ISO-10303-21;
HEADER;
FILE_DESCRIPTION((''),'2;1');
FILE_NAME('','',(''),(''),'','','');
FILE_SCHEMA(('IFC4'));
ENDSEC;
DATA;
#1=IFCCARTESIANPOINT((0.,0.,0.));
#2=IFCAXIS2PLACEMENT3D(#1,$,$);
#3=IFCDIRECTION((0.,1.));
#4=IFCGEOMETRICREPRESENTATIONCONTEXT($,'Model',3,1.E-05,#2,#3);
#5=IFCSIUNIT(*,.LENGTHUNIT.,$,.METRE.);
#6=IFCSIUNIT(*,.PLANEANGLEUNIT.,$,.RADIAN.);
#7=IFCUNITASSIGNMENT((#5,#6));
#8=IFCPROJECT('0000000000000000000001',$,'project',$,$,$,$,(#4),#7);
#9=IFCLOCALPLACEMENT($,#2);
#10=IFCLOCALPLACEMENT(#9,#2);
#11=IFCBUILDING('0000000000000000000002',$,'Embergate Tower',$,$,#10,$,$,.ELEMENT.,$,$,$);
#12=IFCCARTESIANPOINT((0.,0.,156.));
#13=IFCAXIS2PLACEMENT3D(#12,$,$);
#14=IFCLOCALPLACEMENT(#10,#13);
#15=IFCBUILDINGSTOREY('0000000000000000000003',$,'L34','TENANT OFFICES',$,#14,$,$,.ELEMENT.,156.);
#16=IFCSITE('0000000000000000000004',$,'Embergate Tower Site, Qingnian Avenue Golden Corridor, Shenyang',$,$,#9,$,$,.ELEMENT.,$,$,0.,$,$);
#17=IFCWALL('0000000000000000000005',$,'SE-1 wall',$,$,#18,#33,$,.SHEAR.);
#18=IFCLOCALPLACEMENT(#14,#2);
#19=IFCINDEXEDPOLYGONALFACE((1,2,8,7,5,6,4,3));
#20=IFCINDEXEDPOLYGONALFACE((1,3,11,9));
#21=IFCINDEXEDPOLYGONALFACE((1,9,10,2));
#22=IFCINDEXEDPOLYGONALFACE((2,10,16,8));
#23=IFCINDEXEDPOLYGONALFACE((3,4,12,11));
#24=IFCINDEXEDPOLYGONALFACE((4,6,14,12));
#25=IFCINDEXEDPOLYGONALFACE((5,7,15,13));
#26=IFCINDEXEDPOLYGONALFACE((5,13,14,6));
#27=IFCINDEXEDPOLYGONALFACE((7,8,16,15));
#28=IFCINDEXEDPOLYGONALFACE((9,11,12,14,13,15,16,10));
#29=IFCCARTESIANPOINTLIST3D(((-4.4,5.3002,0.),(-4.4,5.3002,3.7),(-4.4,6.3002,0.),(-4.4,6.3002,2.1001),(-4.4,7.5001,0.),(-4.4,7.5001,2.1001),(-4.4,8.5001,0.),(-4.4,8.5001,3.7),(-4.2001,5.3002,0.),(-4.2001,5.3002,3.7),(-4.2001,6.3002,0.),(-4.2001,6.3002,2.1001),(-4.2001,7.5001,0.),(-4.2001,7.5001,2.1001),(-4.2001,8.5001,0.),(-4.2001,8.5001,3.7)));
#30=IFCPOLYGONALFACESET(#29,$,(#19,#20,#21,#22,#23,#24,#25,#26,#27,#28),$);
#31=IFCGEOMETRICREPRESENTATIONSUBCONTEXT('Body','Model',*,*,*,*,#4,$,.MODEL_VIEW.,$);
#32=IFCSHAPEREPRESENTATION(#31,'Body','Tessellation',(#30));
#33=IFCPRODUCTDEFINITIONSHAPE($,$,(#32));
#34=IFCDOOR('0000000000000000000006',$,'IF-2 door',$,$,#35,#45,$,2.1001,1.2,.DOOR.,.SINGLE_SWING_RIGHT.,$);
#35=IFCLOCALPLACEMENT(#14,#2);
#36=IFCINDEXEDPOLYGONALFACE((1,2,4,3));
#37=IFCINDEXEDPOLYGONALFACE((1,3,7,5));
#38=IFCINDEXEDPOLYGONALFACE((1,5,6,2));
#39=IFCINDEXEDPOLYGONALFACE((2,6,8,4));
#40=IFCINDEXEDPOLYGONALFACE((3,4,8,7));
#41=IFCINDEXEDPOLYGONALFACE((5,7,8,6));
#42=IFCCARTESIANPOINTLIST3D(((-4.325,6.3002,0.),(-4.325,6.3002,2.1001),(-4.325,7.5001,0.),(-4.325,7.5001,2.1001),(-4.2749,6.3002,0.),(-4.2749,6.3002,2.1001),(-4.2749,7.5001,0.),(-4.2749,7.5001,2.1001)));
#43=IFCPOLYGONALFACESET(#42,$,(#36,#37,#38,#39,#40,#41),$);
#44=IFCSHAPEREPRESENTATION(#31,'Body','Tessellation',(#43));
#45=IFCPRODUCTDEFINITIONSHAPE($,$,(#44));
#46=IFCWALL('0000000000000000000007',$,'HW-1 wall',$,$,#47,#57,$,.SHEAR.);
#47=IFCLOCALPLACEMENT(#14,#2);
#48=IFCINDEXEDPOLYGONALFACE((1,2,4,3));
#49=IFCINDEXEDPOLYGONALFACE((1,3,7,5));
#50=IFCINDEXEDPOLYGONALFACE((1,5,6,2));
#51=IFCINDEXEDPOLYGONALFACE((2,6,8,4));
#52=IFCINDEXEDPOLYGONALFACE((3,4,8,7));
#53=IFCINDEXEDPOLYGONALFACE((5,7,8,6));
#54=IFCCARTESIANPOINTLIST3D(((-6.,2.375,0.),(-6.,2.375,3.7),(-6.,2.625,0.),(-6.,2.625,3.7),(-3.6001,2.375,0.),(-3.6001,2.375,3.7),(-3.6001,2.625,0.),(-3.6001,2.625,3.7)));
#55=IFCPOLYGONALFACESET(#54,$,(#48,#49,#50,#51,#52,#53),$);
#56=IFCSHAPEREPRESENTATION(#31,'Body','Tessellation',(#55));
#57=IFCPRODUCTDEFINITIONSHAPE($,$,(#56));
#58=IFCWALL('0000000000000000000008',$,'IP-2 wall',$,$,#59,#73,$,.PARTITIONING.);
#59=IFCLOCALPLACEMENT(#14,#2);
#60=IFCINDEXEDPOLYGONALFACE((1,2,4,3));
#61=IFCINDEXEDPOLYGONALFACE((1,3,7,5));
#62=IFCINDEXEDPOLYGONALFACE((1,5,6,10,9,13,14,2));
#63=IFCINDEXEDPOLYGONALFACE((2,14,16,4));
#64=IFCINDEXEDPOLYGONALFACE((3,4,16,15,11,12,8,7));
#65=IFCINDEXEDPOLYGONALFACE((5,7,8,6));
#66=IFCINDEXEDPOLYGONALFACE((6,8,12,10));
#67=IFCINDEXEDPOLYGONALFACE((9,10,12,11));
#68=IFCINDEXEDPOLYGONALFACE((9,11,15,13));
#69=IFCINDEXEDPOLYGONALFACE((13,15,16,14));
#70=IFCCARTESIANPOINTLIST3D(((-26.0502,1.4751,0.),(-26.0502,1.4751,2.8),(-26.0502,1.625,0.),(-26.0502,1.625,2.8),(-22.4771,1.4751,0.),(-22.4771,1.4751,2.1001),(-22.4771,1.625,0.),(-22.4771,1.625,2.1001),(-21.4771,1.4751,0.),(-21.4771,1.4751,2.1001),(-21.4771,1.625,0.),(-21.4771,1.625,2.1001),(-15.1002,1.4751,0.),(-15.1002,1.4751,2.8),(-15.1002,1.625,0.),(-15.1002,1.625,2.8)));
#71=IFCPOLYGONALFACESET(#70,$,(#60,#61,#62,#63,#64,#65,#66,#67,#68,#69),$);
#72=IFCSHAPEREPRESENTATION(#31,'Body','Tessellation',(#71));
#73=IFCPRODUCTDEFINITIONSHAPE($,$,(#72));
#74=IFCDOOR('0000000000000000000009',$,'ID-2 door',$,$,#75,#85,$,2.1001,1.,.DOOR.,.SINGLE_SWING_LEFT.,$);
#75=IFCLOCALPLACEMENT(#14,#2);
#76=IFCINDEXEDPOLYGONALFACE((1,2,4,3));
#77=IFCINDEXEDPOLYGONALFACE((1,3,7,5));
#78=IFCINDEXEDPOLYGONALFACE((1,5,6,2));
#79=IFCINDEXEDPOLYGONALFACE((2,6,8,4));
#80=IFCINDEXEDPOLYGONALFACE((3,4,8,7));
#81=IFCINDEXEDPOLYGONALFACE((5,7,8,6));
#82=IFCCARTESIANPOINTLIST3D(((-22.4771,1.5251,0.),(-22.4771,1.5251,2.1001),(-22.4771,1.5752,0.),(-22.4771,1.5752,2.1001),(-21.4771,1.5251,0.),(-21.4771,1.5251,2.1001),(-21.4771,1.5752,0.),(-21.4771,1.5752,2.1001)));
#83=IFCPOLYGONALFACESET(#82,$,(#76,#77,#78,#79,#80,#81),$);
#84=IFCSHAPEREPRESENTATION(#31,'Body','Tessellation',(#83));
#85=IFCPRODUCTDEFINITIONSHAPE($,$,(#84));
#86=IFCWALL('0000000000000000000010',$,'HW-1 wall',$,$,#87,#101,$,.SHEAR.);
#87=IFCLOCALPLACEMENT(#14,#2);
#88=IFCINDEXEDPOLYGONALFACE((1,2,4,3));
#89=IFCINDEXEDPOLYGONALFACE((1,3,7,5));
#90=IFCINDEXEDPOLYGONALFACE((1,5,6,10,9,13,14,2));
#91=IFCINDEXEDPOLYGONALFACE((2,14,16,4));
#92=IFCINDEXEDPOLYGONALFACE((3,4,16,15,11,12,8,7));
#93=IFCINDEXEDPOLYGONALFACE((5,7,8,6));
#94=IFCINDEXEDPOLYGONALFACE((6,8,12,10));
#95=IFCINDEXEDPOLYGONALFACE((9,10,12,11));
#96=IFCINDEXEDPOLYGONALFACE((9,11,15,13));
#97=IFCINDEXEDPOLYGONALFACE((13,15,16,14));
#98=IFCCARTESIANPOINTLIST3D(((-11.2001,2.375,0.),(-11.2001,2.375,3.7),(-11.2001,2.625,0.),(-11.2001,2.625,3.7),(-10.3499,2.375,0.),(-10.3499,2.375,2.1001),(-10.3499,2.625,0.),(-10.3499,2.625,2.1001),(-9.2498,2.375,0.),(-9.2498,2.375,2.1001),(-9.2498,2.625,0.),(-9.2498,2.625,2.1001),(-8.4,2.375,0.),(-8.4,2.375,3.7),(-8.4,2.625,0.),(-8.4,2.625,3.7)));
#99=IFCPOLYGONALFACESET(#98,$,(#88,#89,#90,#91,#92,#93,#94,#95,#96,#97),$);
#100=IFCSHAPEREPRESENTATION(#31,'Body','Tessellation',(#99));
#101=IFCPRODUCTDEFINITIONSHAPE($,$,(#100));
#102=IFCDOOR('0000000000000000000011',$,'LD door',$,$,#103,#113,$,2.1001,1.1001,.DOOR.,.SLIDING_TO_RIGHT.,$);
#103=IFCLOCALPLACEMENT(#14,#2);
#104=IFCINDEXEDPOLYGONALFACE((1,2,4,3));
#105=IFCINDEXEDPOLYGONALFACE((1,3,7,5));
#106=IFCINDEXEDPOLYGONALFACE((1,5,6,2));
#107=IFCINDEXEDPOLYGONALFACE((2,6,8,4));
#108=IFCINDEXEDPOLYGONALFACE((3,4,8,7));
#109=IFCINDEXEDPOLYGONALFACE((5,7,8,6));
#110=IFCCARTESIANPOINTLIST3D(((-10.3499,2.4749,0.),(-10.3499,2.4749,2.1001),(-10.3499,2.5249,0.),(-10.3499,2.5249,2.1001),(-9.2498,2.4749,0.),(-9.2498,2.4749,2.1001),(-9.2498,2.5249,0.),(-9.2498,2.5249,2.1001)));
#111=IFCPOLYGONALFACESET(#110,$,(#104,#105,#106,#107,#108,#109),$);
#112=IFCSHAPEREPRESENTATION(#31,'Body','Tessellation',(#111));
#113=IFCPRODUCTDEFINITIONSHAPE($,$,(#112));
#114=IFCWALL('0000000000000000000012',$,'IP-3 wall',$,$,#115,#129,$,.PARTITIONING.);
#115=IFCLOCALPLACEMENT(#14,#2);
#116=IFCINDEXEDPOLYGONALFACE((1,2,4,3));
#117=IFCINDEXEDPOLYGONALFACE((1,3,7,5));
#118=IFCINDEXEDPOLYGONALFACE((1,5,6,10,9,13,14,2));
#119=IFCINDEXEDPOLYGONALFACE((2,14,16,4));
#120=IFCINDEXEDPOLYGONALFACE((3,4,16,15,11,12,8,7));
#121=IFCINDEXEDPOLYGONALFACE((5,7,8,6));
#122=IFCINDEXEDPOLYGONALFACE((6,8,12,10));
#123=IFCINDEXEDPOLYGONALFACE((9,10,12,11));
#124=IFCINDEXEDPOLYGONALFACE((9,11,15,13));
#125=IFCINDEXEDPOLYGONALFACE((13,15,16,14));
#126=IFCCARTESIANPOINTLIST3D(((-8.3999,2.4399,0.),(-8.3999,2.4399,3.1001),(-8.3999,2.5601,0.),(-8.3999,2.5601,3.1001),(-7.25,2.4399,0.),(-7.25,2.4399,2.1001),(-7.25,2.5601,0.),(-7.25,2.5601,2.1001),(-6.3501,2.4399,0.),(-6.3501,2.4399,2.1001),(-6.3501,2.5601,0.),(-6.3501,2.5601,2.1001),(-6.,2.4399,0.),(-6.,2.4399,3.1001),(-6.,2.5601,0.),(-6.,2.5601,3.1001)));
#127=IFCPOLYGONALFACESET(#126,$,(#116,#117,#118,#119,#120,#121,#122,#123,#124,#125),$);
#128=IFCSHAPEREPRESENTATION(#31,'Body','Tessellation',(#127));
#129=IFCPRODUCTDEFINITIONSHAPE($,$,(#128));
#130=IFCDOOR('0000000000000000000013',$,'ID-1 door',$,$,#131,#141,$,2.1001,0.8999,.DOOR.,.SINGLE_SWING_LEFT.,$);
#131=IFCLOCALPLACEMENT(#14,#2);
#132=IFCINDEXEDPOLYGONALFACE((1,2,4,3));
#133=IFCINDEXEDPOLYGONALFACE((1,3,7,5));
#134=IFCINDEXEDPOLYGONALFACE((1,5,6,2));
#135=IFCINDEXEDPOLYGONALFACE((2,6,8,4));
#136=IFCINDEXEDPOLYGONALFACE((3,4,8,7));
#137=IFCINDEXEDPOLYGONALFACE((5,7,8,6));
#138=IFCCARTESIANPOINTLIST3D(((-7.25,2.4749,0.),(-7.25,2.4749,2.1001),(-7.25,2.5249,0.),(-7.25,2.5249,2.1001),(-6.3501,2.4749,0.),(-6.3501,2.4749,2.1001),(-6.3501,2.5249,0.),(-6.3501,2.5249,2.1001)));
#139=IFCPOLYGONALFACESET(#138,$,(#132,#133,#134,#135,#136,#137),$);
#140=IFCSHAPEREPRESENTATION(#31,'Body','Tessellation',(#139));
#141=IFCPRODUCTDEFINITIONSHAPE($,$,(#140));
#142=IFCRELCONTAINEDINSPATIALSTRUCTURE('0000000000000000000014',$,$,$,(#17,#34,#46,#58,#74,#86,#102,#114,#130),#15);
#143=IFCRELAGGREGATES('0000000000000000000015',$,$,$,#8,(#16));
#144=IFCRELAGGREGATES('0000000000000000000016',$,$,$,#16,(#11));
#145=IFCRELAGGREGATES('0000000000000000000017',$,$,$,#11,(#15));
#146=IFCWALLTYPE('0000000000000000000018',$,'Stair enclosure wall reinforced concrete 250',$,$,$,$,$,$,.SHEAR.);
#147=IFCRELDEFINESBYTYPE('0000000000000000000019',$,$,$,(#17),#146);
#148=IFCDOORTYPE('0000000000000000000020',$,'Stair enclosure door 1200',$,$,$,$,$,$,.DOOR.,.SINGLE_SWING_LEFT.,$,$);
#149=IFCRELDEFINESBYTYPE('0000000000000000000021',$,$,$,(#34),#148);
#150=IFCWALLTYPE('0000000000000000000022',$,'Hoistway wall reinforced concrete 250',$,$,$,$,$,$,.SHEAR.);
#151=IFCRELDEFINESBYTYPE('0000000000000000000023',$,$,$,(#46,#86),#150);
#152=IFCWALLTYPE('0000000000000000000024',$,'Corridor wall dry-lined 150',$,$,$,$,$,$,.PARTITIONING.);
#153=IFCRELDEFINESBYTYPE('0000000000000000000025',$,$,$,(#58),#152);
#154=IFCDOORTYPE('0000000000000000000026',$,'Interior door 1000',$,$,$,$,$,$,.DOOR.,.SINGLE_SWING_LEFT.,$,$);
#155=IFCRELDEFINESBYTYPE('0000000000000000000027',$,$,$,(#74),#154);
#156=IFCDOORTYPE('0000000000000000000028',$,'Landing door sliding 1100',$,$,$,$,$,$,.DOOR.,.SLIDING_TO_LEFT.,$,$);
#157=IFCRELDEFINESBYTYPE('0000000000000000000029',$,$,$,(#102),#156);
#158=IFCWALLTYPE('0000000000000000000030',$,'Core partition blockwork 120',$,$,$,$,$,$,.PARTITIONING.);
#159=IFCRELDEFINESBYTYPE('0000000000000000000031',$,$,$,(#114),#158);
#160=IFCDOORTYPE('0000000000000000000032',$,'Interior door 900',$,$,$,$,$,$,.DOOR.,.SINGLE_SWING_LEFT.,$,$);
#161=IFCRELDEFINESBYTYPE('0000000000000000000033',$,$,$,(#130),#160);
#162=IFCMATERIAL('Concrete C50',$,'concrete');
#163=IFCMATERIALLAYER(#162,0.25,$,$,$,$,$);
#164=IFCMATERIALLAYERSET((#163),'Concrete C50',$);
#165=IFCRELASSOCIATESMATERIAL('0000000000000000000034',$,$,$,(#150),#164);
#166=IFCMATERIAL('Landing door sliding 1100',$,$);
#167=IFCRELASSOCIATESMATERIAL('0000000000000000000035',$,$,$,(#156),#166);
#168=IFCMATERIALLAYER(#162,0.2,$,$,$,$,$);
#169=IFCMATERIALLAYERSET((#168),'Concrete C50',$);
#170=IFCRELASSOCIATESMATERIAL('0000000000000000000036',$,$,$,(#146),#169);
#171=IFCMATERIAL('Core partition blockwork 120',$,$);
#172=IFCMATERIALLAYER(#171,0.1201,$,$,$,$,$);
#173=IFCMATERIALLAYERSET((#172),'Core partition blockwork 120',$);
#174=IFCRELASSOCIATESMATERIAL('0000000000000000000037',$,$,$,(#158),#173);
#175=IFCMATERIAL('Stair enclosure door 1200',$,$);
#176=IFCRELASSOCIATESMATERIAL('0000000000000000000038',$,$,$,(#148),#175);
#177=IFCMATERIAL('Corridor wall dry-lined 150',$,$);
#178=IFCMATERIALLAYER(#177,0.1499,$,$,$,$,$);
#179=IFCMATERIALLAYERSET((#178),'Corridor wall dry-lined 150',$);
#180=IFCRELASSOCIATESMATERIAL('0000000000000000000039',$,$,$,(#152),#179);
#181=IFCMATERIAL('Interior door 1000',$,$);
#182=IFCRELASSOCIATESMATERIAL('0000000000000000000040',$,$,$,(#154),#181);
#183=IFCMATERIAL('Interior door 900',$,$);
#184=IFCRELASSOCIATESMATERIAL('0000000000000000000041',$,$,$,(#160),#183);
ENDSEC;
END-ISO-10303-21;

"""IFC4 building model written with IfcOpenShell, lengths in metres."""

from ifc_helpers import new_model, si_unit, direction, frame, frame_2d, origin, place, context, subcontext, project, spatial, rectangle, extrude, source, transform, mapped, material, layer, layer_set, type_object, element, fill, save


model = new_model("IFC4")

# Units and contexts
model_context = context("Model", 3, precision=1e-05, world=origin(), true_north=direction((0.0, 1.0)))
body_context = subcontext(model_context, "Body", "Model", "MODEL_VIEW")
ifc_project = project(units=[si_unit("LENGTHUNIT", "METRE"), si_unit("PLANEANGLEUNIT", "RADIAN")], contexts=[model_context])

# Site, building, storey
site_placement = place(None, origin())
site = spatial("IfcSite", under=ifc_project, at=site_placement, Name="Embergate Tower Site, Qingnian Avenue Golden Corridor, Shenyang", CompositionType="ELEMENT", RefElevation=0.0)
building_placement = place(site_placement, origin())
building = spatial("IfcBuilding", under=site, at=building_placement, Name="Embergate Tower", CompositionType="ELEMENT")
storey_placement = place(building_placement, frame((0.0, 0.0, 156.0)))
storey = spatial("IfcBuildingStorey", under=building, at=storey_placement, Name="L34", Description="TENANT OFFICES", CompositionType="ELEMENT", Elevation=156.0)

# Shared definitions
ifc_material_1 = material(Name="Concrete C50", Category="concrete")
ifc_layer_1 = layer(ifc_material_1, 0.25)
ifc_layer_set_1 = layer_set([ifc_layer_1], Name="Concrete C50")
wall_type_1 = type_object("IfcWallType", Name="Hoistway wall reinforced concrete 250", PredefinedType="SHEAR", material=ifc_layer_set_1)

# Shared definitions
shared_shape_1 = source(origin(), body_context, "Body", "SweptSolid", [
    extrude(rectangle(XDim=1.1001, YDim=2.1001, at=frame_2d((0.55, 1.05))), frame((0.0, 0.135, 0.0), z_axis=(0.0, -1.0, 0.0), x_axis=(1.0, 0.0, 0.0)), (0.0, 0.0, 1.0), 0.27),
])
ifc_material_2 = material(Name="Landing door sliding 1100")
door_type_1 = type_object("IfcDoorType", Name="Landing door sliding 1100", OperationType="SLIDING_TO_LEFT", PredefinedType="DOOR", material=ifc_material_2)
shared_shape_2 = source(origin(), body_context, "Body", "SweptSolid", [
    extrude(rectangle(XDim=1.1001, YDim=2.1001, at=frame_2d((0.55, 1.05))), frame((0.0, 0.0249, 0.0), z_axis=(0.0, -1.0, 0.0), x_axis=(1.0, 0.0, 0.0)), (0.0, 0.0, 1.0), 0.05),
])

# Shared definitions
ifc_layer_2 = layer(ifc_material_1, 0.2)
ifc_layer_set_2 = layer_set([ifc_layer_2], Name="Concrete C50")
wall_type_2 = type_object("IfcWallType", Name="Stair enclosure wall reinforced concrete 250", PredefinedType="SHEAR", material=ifc_layer_set_2)

# Wall, opening, door
ifc_material_3 = material(Name="Core partition blockwork 120")
ifc_layer_3 = layer(ifc_material_3, 0.1201)
ifc_layer_set_3 = layer_set([ifc_layer_3], Name="Core partition blockwork 120")
wall_type_3 = type_object("IfcWallType", Name="Core partition blockwork 120", PredefinedType="PARTITIONING", material=ifc_layer_set_3)
shared_shape_3 = source(origin(), body_context, "Body", "SweptSolid", [
    extrude(rectangle(XDim=3.2, YDim=0.2, at=frame_2d((1.6001, 0.0))), origin(), (0.0, 0.0, 1.0), 3.7),
])
wall_1_placement = place(storey_placement, frame((-4.3, 5.3, 0.0), z_axis=(0.0, 0.0, 1.0), x_axis=(0.0, 1.0, 0.0)))
wall_1 = element("IfcWall", 1, at=wall_1_placement, inside=storey, type_object=wall_type_2, Name="SE-1 wall", PredefinedType="SHEAR", context=body_context, shape_type="MappedRepresentation", body=[
    mapped(shared_shape_3, transform((0.0, 0.0, 0.0))),
])
shared_shape_4 = source(origin(), body_context, "Body", "SweptSolid", [
    extrude(rectangle(XDim=1.2, YDim=2.1001, at=frame_2d((0.6001, 1.05))), frame((0.0, 0.1099, 0.0), z_axis=(0.0, -1.0, 0.0), x_axis=(1.0, 0.0, 0.0)), (0.0, 0.0, 1.0), 0.22),
])
opening_1_placement = place(wall_1_placement, frame((1.0, 0.0, 0.0)))
opening_1 = element("IfcOpeningElement", 2, at=opening_1_placement, cuts=wall_1, PredefinedType="OPENING", context=body_context, shape_type="MappedRepresentation", body=[
    mapped(shared_shape_4, transform((0.0, 0.0, 0.0))),
])
ifc_material_4 = material(Name="Stair enclosure door 1200")
door_type_2 = type_object("IfcDoorType", Name="Stair enclosure door 1200", OperationType="SINGLE_SWING_LEFT", PredefinedType="DOOR", material=ifc_material_4)
shared_shape_5 = source(origin(), body_context, "Body", "SweptSolid", [
    extrude(rectangle(XDim=1.2, YDim=2.1001, at=frame_2d((0.6001, 1.05))), frame((0.0, 0.0249, 0.0), z_axis=(0.0, -1.0, 0.0), x_axis=(1.0, 0.0, 0.0)), (0.0, 0.0, 1.0), 0.05),
])
door_1_placement = place(opening_1_placement, origin())
door_1 = element("IfcDoor", 3, at=door_1_placement, inside=storey, type_object=door_type_2, Name="IF-2 door", OperationType="SINGLE_SWING_RIGHT", OverallHeight=2.1001, OverallWidth=1.2, PredefinedType="DOOR", context=body_context, shape_type="MappedRepresentation", body=[
    mapped(shared_shape_5, transform((0.0, 0.0, 0.0))),
])
fill(opening_1, door_1)

# Wall
shared_shape_6 = source(origin(), body_context, "Body", "SweptSolid", [
    extrude(rectangle(XDim=2.3999, YDim=0.25, at=frame_2d((1.2, 0.0))), origin(), (0.0, 0.0, 1.0), 3.7),
])
wall_2_placement = place(storey_placement, frame((-6.0, 2.5, 0.0), z_axis=(0.0, 0.0, 1.0), x_axis=(1.0, 0.0, 0.0)))
element("IfcWall", 4, at=wall_2_placement, inside=storey, type_object=wall_type_1, Name="HW-1 wall", PredefinedType="SHEAR", context=body_context, shape_type="MappedRepresentation", body=[
    mapped(shared_shape_6, transform((0.0, 0.0, 0.0))),
])

# Walls, openings, doors
ifc_material_5 = material(Name="Corridor wall dry-lined 150")
ifc_layer_4 = layer(ifc_material_5, 0.1499)
ifc_layer_set_4 = layer_set([ifc_layer_4], Name="Corridor wall dry-lined 150")
wall_type_4 = type_object("IfcWallType", Name="Corridor wall dry-lined 150", PredefinedType="PARTITIONING", material=ifc_layer_set_4)
shared_shape_7 = source(origin(), body_context, "Body", "SweptSolid", [
    extrude(rectangle(XDim=10.95, YDim=0.1499, at=frame_2d((5.4751, 0.0))), origin(), (0.0, 0.0, 1.0), 2.8),
])
wall_3_placement = place(storey_placement, frame((-15.1001, 1.55, 0.0), z_axis=(0.0, 0.0, 1.0), x_axis=(-1.0, 0.0, 0.0)))
wall_3 = element("IfcWall", 5, at=wall_3_placement, inside=storey, type_object=wall_type_4, Name="IP-2 wall", PredefinedType="PARTITIONING", context=body_context, shape_type="MappedRepresentation", body=[
    mapped(shared_shape_7, transform((0.0, 0.0, 0.0))),
])
shared_shape_8 = source(origin(), body_context, "Body", "SweptSolid", [
    extrude(rectangle(XDim=1.0, YDim=2.1001, at=frame_2d((0.5, 1.05))), frame((0.0, 0.085, 0.0), z_axis=(0.0, -1.0, 0.0), x_axis=(1.0, 0.0, 0.0)), (0.0, 0.0, 1.0), 0.1699),
])
opening_2_placement = place(wall_3_placement, frame((6.377, 0.0, 0.0)))
opening_2 = element("IfcOpeningElement", 6, at=opening_2_placement, cuts=wall_3, PredefinedType="OPENING", context=body_context, shape_type="MappedRepresentation", body=[
    mapped(shared_shape_8, transform((0.0, 0.0, 0.0))),
])
ifc_material_6 = material(Name="Interior door 1000")
door_type_3 = type_object("IfcDoorType", Name="Interior door 1000", OperationType="SINGLE_SWING_LEFT", PredefinedType="DOOR", material=ifc_material_6)
shared_shape_9 = source(origin(), body_context, "Body", "SweptSolid", [
    extrude(rectangle(XDim=1.0, YDim=2.1001, at=frame_2d((0.5, 1.05))), frame((0.0, 0.0249, 0.0), z_axis=(0.0, -1.0, 0.0), x_axis=(1.0, 0.0, 0.0)), (0.0, 0.0, 1.0), 0.05),
])
door_2_placement = place(opening_2_placement, origin())
door_2 = element("IfcDoor", 7, at=door_2_placement, inside=storey, type_object=door_type_3, Name="ID-2 door", OperationType="SINGLE_SWING_LEFT", OverallHeight=2.1001, OverallWidth=1.0, PredefinedType="DOOR", context=body_context, shape_type="MappedRepresentation", body=[
    mapped(shared_shape_9, transform((0.0, 0.0, 0.0))),
])
fill(opening_2, door_2)
shared_shape_10 = source(origin(), body_context, "Body", "SweptSolid", [
    extrude(rectangle(XDim=2.8, YDim=0.25, at=frame_2d((1.3999, 0.0))), origin(), (0.0, 0.0, 1.0), 3.7),
])
wall_4_placement = place(storey_placement, frame((-11.2, 2.5, 0.0), z_axis=(0.0, 0.0, 1.0), x_axis=(1.0, 0.0, 0.0)))
wall_4 = element("IfcWall", 8, at=wall_4_placement, inside=storey, type_object=wall_type_1, Name="HW-1 wall", PredefinedType="SHEAR", context=body_context, shape_type="MappedRepresentation", body=[
    mapped(shared_shape_10, transform((0.0, 0.0, 0.0))),
])
opening_3_placement = place(wall_4_placement, frame((0.8501, 0.0, 0.0)))
opening_3 = element("IfcOpeningElement", 9, at=opening_3_placement, cuts=wall_4, PredefinedType="OPENING", context=body_context, shape_type="MappedRepresentation", body=[
    mapped(shared_shape_1, transform((0.0, 0.0, 0.0))),
])
door_3_placement = place(opening_3_placement, origin())
door_3 = element("IfcDoor", 10, at=door_3_placement, inside=storey, type_object=door_type_1, Name="LD door", OperationType="SLIDING_TO_RIGHT", OverallHeight=2.1001, OverallWidth=1.1001, PredefinedType="DOOR", context=body_context, shape_type="MappedRepresentation", body=[
    mapped(shared_shape_2, transform((0.0, 0.0, 0.0))),
])
fill(opening_3, door_3)
shared_shape_11 = source(origin(), body_context, "Body", "SweptSolid", [
    extrude(rectangle(XDim=2.3999, YDim=0.1201, at=frame_2d((1.2, 0.0))), origin(), (0.0, 0.0, 1.0), 3.1001),
])
wall_5_placement = place(storey_placement, frame((-8.3999, 2.5, 0.0), z_axis=(0.0, 0.0, 1.0), x_axis=(1.0, 0.0, 0.0)))
wall_5 = element("IfcWall", 11, at=wall_5_placement, inside=storey, type_object=wall_type_3, Name="IP-3 wall", PredefinedType="PARTITIONING", context=body_context, shape_type="MappedRepresentation", body=[
    mapped(shared_shape_11, transform((0.0, 0.0, 0.0))),
])
shared_shape_12 = source(origin(), body_context, "Body", "SweptSolid", [
    extrude(rectangle(XDim=0.8999, YDim=2.1001, at=frame_2d((0.45, 1.05))), frame((0.0, 0.0701, 0.0), z_axis=(0.0, -1.0, 0.0), x_axis=(1.0, 0.0, 0.0)), (0.0, 0.0, 1.0), 0.1401),
])
opening_4_placement = place(wall_5_placement, frame((1.1499, 0.0, 0.0)))
opening_4 = element("IfcOpeningElement", 12, at=opening_4_placement, cuts=wall_5, PredefinedType="OPENING", context=body_context, shape_type="MappedRepresentation", body=[
    mapped(shared_shape_12, transform((0.0, 0.0, 0.0))),
])
ifc_material_7 = material(Name="Interior door 900")
door_type_4 = type_object("IfcDoorType", Name="Interior door 900", OperationType="SINGLE_SWING_LEFT", PredefinedType="DOOR", material=ifc_material_7)
shared_shape_13 = source(origin(), body_context, "Body", "SweptSolid", [
    extrude(rectangle(XDim=0.8999, YDim=2.1001, at=frame_2d((0.45, 1.05))), frame((0.0, 0.0249, 0.0), z_axis=(0.0, -1.0, 0.0), x_axis=(1.0, 0.0, 0.0)), (0.0, 0.0, 1.0), 0.05),
])
door_4_placement = place(opening_4_placement, origin())
door_4 = element("IfcDoor", 13, at=door_4_placement, inside=storey, type_object=door_type_4, Name="ID-1 door", OperationType="SINGLE_SWING_LEFT", OverallHeight=2.1001, OverallWidth=0.8999, PredefinedType="DOOR", context=body_context, shape_type="MappedRepresentation", body=[
    mapped(shared_shape_13, transform((0.0, 0.0, 0.0))),
])
fill(opening_4, door_4)

save(model, "model.ifc")
